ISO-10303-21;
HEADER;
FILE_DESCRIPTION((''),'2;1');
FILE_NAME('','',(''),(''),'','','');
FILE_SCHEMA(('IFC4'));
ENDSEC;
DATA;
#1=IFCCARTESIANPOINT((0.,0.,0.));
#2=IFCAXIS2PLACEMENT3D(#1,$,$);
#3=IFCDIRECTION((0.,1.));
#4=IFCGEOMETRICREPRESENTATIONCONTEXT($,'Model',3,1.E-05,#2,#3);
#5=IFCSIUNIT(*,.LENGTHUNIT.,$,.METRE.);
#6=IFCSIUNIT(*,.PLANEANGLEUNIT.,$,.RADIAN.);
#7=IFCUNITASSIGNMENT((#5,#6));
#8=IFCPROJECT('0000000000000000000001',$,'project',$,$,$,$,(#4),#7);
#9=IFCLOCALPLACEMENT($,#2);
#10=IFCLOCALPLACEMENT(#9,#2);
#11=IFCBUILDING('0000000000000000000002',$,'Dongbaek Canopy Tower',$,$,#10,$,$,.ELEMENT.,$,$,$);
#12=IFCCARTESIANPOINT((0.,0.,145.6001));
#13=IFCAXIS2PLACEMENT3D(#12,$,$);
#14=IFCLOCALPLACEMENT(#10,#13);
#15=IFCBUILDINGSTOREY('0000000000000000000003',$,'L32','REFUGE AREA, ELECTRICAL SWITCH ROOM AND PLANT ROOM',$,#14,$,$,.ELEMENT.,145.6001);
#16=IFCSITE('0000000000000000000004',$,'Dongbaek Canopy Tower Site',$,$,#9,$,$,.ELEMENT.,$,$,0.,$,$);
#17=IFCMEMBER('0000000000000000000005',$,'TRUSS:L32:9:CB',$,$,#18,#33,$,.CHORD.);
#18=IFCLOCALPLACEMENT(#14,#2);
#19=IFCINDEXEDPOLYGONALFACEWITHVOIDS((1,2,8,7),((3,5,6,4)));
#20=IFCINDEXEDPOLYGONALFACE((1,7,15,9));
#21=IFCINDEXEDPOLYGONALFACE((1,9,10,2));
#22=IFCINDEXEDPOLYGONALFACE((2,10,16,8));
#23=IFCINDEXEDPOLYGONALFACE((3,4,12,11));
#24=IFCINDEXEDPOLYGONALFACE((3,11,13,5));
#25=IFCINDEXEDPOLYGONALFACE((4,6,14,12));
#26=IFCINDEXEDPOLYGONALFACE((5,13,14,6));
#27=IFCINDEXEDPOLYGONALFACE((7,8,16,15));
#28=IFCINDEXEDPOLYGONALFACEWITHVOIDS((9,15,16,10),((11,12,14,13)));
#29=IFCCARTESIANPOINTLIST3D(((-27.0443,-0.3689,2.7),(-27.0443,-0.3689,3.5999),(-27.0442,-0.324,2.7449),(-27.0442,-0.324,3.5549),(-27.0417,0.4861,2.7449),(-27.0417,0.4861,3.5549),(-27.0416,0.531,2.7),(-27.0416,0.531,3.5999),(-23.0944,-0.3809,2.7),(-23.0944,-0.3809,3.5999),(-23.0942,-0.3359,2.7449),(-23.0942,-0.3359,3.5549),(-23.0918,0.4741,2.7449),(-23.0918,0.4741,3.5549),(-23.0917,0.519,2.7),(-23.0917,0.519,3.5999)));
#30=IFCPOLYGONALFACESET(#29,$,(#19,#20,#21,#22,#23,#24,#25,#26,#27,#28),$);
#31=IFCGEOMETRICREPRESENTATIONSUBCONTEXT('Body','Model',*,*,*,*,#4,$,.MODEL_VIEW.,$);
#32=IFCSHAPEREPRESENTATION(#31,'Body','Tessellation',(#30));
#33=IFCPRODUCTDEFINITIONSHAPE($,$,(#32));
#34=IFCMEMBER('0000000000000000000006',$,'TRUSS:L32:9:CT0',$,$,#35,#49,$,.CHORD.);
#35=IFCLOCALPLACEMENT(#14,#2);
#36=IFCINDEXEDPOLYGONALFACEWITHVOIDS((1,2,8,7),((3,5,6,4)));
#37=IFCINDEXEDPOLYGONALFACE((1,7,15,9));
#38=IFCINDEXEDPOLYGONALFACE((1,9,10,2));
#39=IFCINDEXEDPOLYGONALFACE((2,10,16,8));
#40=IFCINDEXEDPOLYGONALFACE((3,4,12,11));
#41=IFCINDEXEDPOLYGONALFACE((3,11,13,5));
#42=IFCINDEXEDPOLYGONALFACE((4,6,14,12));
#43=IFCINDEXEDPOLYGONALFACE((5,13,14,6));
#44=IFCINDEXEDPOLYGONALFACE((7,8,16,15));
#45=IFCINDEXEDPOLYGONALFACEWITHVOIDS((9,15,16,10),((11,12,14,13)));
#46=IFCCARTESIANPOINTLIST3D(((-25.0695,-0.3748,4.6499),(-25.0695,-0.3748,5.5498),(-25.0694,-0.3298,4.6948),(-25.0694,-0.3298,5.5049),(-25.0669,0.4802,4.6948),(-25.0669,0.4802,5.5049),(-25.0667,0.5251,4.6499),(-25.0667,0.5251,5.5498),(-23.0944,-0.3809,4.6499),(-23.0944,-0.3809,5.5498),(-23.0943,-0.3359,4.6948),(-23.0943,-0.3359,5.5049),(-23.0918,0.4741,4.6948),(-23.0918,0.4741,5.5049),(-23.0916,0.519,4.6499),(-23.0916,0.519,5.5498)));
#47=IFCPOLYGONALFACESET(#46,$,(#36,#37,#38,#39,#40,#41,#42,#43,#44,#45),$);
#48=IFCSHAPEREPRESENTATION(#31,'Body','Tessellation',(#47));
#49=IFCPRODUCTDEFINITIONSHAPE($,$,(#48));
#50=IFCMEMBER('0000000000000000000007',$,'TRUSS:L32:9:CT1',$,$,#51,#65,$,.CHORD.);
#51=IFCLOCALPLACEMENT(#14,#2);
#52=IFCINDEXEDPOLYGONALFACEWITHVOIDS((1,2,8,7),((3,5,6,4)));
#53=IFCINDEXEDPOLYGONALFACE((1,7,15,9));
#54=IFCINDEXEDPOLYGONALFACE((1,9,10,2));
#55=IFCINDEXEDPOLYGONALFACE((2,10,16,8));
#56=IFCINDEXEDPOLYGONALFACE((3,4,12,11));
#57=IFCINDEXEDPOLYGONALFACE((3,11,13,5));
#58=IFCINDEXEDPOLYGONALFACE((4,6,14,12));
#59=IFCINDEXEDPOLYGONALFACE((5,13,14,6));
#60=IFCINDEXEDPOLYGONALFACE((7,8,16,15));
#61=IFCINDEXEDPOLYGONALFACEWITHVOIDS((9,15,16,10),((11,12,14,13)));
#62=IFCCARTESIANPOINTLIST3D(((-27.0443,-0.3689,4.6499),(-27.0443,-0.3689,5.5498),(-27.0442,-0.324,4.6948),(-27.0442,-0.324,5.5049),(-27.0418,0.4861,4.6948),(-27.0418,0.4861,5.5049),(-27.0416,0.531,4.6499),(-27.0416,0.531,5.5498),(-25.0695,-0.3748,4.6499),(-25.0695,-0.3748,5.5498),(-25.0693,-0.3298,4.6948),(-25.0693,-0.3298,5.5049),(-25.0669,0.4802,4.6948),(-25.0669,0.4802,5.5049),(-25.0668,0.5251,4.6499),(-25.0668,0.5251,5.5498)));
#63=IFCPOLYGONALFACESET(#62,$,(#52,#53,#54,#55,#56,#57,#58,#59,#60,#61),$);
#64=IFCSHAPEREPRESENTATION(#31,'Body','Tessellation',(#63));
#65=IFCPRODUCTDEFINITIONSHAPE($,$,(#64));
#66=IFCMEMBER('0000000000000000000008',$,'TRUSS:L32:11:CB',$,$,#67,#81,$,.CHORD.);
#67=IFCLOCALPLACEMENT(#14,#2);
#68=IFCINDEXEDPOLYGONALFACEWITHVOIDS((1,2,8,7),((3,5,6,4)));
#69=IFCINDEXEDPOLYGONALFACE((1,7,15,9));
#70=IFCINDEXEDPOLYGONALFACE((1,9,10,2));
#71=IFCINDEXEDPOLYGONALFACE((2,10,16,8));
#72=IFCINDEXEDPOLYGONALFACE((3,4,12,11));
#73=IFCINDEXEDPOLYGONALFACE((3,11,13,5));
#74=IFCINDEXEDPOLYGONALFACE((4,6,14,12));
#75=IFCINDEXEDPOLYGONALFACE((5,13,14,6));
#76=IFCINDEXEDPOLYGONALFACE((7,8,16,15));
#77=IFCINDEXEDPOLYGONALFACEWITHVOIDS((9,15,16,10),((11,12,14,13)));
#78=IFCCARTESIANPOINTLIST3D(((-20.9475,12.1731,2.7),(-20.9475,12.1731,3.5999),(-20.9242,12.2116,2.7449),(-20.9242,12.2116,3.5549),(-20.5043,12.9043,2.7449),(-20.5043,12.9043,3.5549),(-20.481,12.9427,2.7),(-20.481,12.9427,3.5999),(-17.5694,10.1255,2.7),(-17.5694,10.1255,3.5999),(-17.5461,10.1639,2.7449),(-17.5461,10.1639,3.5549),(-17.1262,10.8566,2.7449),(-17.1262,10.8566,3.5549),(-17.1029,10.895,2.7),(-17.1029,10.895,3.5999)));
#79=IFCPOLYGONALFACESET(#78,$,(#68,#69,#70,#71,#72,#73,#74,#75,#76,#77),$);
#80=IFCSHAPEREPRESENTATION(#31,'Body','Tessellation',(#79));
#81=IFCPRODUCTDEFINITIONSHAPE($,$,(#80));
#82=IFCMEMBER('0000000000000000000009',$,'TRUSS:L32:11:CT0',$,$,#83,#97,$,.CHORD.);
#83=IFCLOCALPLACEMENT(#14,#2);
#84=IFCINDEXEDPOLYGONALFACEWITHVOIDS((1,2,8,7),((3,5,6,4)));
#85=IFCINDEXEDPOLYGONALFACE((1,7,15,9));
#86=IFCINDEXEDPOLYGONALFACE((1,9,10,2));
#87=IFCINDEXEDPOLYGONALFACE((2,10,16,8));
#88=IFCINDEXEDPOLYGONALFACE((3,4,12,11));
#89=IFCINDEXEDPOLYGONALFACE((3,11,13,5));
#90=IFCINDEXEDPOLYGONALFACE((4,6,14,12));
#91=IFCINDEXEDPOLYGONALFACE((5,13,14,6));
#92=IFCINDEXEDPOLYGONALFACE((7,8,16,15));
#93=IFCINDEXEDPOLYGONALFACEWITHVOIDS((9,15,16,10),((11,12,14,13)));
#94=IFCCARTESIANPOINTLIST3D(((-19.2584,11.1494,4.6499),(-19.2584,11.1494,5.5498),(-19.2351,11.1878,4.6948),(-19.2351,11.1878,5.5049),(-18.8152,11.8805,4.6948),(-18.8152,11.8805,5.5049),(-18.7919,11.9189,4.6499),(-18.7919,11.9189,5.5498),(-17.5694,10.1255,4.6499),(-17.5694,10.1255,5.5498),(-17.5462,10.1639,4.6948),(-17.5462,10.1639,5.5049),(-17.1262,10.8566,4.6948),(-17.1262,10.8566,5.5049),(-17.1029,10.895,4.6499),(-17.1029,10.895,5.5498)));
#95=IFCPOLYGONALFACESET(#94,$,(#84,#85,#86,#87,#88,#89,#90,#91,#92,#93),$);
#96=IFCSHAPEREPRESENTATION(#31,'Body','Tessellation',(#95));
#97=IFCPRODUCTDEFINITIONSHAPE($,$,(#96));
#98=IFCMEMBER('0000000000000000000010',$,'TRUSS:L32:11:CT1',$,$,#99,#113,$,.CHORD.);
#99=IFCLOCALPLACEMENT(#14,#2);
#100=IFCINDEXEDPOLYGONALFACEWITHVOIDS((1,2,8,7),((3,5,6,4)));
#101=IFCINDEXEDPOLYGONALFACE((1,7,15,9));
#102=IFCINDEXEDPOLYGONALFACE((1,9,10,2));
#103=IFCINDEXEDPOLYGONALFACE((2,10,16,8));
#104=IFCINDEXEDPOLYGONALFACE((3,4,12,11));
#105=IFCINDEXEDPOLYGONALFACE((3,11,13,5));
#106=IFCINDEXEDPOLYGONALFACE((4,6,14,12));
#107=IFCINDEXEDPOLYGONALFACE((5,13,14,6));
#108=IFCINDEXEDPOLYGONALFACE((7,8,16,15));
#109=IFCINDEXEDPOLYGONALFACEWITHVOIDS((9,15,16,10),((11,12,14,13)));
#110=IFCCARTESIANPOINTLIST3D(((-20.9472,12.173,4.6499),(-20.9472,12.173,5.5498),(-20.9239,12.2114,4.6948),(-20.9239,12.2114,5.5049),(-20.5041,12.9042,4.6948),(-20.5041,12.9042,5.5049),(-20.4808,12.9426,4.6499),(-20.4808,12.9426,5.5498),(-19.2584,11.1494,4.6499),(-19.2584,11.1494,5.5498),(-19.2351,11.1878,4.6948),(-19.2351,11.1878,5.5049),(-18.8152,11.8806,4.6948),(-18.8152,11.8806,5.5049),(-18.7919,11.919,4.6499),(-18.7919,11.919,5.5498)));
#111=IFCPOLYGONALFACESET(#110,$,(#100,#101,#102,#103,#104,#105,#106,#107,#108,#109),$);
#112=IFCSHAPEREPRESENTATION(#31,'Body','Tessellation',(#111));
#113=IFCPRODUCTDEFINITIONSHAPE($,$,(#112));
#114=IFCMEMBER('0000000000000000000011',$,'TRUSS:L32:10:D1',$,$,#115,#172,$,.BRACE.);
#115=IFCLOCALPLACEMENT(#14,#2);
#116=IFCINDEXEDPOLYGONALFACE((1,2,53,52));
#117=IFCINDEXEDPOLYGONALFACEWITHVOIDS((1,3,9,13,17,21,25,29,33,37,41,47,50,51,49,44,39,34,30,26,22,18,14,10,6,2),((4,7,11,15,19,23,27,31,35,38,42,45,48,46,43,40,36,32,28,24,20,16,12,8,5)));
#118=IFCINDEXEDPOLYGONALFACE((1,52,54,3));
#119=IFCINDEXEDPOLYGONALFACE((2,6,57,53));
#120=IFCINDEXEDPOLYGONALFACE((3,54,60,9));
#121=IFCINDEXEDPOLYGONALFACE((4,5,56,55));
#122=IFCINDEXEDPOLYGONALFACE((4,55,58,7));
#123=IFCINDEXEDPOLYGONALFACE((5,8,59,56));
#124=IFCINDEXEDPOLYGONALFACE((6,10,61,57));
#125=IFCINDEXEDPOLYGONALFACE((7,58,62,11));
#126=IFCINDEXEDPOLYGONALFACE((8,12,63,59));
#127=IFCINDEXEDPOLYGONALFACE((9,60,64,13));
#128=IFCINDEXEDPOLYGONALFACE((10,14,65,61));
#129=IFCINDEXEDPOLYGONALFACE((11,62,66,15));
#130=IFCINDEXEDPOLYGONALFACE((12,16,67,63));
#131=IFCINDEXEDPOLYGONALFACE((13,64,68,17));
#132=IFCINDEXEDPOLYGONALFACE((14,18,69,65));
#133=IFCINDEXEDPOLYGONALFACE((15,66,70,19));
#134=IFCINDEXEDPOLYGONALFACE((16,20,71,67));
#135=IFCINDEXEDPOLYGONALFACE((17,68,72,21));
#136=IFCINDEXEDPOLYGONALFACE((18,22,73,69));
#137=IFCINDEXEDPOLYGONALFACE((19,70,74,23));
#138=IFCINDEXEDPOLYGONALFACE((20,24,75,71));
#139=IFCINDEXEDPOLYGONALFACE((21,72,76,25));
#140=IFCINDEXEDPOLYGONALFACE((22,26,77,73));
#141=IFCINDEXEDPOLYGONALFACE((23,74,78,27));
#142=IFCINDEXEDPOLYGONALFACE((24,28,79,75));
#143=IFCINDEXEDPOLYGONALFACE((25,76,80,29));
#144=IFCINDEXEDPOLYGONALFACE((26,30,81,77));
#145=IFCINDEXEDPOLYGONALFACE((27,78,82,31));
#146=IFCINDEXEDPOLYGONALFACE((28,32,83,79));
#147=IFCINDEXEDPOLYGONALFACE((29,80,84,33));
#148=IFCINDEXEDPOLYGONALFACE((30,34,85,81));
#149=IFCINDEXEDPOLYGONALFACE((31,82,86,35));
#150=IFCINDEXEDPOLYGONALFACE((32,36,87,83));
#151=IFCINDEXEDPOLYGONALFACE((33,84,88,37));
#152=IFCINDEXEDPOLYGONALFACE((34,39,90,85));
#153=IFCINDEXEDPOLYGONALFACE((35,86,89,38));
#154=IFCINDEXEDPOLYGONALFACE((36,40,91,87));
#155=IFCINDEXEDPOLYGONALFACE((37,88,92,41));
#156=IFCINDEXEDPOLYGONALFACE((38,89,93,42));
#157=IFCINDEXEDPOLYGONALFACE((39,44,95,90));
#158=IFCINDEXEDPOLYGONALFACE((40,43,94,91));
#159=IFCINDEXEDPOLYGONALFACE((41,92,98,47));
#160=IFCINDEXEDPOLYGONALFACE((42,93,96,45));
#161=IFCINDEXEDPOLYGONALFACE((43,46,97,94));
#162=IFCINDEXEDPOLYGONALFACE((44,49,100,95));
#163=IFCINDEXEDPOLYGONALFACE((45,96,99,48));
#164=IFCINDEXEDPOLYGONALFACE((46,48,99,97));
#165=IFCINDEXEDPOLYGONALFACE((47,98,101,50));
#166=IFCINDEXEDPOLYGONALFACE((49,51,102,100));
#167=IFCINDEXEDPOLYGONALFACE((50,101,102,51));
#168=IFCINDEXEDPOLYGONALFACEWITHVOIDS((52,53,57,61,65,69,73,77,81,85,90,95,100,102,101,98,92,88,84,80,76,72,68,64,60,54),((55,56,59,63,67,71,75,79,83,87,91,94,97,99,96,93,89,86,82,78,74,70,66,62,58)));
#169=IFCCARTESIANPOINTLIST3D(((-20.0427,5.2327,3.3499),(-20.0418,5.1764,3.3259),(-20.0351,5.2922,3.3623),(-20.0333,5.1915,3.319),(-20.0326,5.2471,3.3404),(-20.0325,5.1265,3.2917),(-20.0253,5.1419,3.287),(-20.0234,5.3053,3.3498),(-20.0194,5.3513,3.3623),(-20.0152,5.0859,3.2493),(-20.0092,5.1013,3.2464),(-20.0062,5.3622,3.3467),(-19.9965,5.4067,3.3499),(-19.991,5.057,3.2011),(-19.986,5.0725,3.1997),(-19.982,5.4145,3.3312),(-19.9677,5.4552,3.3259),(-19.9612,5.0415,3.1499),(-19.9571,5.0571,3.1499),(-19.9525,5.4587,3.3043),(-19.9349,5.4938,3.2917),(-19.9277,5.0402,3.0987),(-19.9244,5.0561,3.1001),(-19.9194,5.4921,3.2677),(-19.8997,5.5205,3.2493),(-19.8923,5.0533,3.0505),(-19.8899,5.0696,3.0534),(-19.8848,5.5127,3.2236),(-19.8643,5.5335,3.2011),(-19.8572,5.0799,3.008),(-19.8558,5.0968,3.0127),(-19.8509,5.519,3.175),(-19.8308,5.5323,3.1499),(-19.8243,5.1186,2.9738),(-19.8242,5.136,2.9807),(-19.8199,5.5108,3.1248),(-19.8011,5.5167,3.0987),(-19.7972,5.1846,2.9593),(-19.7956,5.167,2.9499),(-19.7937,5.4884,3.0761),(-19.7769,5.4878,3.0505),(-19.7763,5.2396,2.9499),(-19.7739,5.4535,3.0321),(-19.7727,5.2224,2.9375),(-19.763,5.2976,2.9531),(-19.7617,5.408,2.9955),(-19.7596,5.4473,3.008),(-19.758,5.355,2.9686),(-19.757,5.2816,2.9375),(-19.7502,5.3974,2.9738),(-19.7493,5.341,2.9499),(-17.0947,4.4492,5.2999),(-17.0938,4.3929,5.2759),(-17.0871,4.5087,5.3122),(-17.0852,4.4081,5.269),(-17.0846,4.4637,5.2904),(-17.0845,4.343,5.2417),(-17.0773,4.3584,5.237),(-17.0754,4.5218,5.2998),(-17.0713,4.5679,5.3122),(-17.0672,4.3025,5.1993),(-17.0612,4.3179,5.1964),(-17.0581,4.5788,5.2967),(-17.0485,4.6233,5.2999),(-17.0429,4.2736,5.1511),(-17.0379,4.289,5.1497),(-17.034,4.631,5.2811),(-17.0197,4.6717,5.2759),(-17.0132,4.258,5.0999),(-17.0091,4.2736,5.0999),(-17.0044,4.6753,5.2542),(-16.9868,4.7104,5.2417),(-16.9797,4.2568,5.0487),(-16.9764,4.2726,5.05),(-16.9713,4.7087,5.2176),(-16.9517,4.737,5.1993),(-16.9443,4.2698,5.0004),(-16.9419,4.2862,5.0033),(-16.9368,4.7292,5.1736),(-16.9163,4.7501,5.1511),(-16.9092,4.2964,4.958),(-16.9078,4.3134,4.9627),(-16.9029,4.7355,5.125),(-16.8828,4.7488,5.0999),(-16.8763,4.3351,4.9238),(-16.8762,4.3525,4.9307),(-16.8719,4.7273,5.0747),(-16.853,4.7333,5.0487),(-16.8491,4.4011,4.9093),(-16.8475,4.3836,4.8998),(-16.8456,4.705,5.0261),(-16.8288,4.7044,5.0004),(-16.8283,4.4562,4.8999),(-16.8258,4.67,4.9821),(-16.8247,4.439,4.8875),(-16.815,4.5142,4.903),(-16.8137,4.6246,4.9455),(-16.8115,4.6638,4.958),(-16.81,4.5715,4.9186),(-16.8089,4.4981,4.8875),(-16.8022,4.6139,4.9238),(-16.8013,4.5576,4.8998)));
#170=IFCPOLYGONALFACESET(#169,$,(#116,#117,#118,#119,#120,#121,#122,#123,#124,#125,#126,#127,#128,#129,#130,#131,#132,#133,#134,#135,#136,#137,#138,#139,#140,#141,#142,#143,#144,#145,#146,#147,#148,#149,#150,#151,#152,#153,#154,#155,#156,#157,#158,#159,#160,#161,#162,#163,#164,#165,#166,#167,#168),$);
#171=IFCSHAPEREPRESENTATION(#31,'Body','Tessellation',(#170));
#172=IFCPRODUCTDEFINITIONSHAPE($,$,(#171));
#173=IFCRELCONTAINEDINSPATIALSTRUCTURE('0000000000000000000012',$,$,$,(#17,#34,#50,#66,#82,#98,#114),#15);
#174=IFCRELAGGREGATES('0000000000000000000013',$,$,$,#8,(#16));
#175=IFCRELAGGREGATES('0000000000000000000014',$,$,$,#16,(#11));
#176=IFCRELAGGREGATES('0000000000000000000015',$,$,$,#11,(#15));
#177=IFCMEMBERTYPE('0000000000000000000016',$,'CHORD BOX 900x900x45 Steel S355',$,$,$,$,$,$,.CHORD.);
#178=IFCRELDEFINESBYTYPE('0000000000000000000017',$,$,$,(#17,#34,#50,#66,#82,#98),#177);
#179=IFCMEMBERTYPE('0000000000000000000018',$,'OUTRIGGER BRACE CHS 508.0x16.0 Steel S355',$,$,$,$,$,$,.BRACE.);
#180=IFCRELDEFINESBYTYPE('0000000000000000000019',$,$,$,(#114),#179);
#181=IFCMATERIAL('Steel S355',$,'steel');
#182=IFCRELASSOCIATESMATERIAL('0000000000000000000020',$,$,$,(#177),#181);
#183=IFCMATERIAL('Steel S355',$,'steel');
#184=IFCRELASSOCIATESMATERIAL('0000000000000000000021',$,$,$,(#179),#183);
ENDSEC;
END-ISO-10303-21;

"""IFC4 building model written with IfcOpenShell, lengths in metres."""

from ifc_helpers import new_model, si_unit, direction, frame, origin, origin_2d, place, context, subcontext, project, spatial, hollow_rectangle, hollow_circle, extrude, material, material_profile, profile_set, type_object, element, save


model = new_model("IFC4")

# Units and contexts
model_context = context("Model", 3, precision=1e-05, world=origin(), true_north=direction((0.0, 1.0)))
body_context = subcontext(model_context, "Body", "Model", "MODEL_VIEW")
ifc_project = project(units=[si_unit("LENGTHUNIT", "METRE"), si_unit("PLANEANGLEUNIT", "RADIAN")], contexts=[model_context])

# Site, building, storey
site_placement = place(None, origin())
site = spatial("IfcSite", under=ifc_project, at=site_placement, Name="Dongbaek Canopy Tower Site", CompositionType="ELEMENT", RefElevation=0.0)
building_placement = place(site_placement, origin())
building = spatial("IfcBuilding", under=site, at=building_placement, Name="Dongbaek Canopy Tower", CompositionType="ELEMENT")
storey_placement = place(building_placement, frame((0.0, 0.0, 145.6001)))
storey = spatial("IfcBuildingStorey", under=building, at=storey_placement, Name="L32", Description="REFUGE AREA, ELECTRICAL SWITCH ROOM AND PLANT ROOM", CompositionType="ELEMENT", Elevation=145.6001)

# Members
ifc_material_1 = material(Name="Steel S355", Category="steel")
ifc_material_profile_1 = material_profile(ifc_material_1, hollow_rectangle(XDim=0.8999, YDim=0.8999, WallThickness=0.0449, at=origin_2d()), Name="CHORD BOX 900x900x45 Steel S355")
ifc_profile_set_1 = profile_set([ifc_material_profile_1], Name="Steel S355")
member_type_1 = type_object("IfcMemberType", Name="CHORD BOX 900x900x45 Steel S355", PredefinedType="CHORD", material=ifc_profile_set_1)
member_1_placement = place(storey_placement, frame((-23.093, 0.0691, 3.1499), z_axis=(-0.999995, 0.003029, 0.0), x_axis=(-0.003029, -0.999995, 0.0)))
element("IfcMember", 1, at=member_1_placement, inside=storey, type_object=member_type_1, Name="TRUSS:L32:9:CB", PredefinedType="CHORD", context=body_context, shape_type="SweptSolid", body=[
    extrude(hollow_rectangle(XDim=0.8999, YDim=0.8999, WallThickness=0.0449, at=origin_2d()), origin(), (0.0, 0.0, 1.0), 3.95),
])
member_2_placement = place(storey_placement, frame((-23.093, 0.0691, 5.0999), z_axis=(-0.999995, 0.00309, 0.0), x_axis=(-0.00309, -0.999995, 0.0)))
element("IfcMember", 2, at=member_2_placement, inside=storey, type_object=member_type_1, Name="TRUSS:L32:9:CT0", PredefinedType="CHORD", context=body_context, shape_type="SweptSolid", body=[
    extrude(hollow_rectangle(XDim=0.8999, YDim=0.8999, WallThickness=0.0449, at=origin_2d()), origin(), (0.0, 0.0, 1.0), 1.9751),
])
member_3_placement = place(storey_placement, frame((-25.0681, 0.0752, 5.0999), z_axis=(-0.999996, 0.002967, 0.0), x_axis=(-0.002967, -0.999996, 0.0)))
element("IfcMember", 3, at=member_3_placement, inside=storey, type_object=member_type_1, Name="TRUSS:L32:9:CT1", PredefinedType="CHORD", context=body_context, shape_type="SweptSolid", body=[
    extrude(hollow_rectangle(XDim=0.8999, YDim=0.8999, WallThickness=0.0449, at=origin_2d()), origin(), (0.0, 0.0, 1.0), 1.9749),
])
member_4_placement = place(storey_placement, frame((-17.3362, 10.5103, 3.1499), z_axis=(-0.855155, 0.518372, 0.0), x_axis=(-0.518372, -0.855155, 0.0)))
element("IfcMember", 4, at=member_4_placement, inside=storey, type_object=member_type_1, Name="TRUSS:L32:11:CB", PredefinedType="CHORD", context=body_context, shape_type="SweptSolid", body=[
    extrude(hollow_rectangle(XDim=0.8999, YDim=0.8999, WallThickness=0.0449, at=origin_2d()), origin(), (0.0, 0.0, 1.0), 3.9502),
])
member_5_placement = place(storey_placement, frame((-17.3362, 10.5103, 5.0999), z_axis=(-0.855128, 0.518417, 0.0), x_axis=(-0.518417, -0.855128, 0.0)))
element("IfcMember", 5, at=member_5_placement, inside=storey, type_object=member_type_1, Name="TRUSS:L32:11:CT0", PredefinedType="CHORD", context=body_context, shape_type="SweptSolid", body=[
    extrude(hollow_rectangle(XDim=0.8999, YDim=0.8999, WallThickness=0.0449, at=origin_2d()), origin(), (0.0, 0.0, 1.0), 1.9751),
])
member_6_placement = place(storey_placement, frame((-19.0251, 11.5342, 5.0999), z_axis=(-0.855183, 0.518326, 0.0), x_axis=(-0.518326, -0.855183, 0.0)))
element("IfcMember", 6, at=member_6_placement, inside=storey, type_object=member_type_1, Name="TRUSS:L32:11:CT1", PredefinedType="CHORD", context=body_context, shape_type="SweptSolid", body=[
    extrude(hollow_rectangle(XDim=0.8999, YDim=0.8999, WallThickness=0.0449, at=origin_2d()), origin(), (0.0, 0.0, 1.0), 1.9749),
])
ifc_material_2 = material(Name="Steel S355", Category="steel")
ifc_material_profile_2 = material_profile(ifc_material_2, hollow_circle(Radius=0.2539, WallThickness=0.0161, at=origin_2d()), Name="OUTRIGGER BRACE CHS 508.0x16.0 Steel S355")
ifc_profile_set_2 = profile_set([ifc_material_profile_2], Name="Steel S355")
member_type_2 = type_object("IfcMemberType", Name="OUTRIGGER BRACE CHS 508.0x16.0 Steel S355", PredefinedType="BRACE", material=ifc_profile_set_2)
member_7_placement = place(storey_placement, frame((-16.948, 4.5034, 5.0999), z_axis=(-0.81429, 0.216402, -0.538611), x_axis=(-0.256841, -0.966454, 0.0)))
element("IfcMember", 7, at=member_7_placement, inside=storey, type_object=member_type_2, Name="TRUSS:L32:10:D1", PredefinedType="BRACE", context=body_context, shape_type="SweptSolid", body=[
    extrude(hollow_circle(Radius=0.2539, WallThickness=0.0161, at=origin_2d()), origin(), (0.0, 0.0, 1.0), 3.6204),
])

save(model, "model.ifc")
